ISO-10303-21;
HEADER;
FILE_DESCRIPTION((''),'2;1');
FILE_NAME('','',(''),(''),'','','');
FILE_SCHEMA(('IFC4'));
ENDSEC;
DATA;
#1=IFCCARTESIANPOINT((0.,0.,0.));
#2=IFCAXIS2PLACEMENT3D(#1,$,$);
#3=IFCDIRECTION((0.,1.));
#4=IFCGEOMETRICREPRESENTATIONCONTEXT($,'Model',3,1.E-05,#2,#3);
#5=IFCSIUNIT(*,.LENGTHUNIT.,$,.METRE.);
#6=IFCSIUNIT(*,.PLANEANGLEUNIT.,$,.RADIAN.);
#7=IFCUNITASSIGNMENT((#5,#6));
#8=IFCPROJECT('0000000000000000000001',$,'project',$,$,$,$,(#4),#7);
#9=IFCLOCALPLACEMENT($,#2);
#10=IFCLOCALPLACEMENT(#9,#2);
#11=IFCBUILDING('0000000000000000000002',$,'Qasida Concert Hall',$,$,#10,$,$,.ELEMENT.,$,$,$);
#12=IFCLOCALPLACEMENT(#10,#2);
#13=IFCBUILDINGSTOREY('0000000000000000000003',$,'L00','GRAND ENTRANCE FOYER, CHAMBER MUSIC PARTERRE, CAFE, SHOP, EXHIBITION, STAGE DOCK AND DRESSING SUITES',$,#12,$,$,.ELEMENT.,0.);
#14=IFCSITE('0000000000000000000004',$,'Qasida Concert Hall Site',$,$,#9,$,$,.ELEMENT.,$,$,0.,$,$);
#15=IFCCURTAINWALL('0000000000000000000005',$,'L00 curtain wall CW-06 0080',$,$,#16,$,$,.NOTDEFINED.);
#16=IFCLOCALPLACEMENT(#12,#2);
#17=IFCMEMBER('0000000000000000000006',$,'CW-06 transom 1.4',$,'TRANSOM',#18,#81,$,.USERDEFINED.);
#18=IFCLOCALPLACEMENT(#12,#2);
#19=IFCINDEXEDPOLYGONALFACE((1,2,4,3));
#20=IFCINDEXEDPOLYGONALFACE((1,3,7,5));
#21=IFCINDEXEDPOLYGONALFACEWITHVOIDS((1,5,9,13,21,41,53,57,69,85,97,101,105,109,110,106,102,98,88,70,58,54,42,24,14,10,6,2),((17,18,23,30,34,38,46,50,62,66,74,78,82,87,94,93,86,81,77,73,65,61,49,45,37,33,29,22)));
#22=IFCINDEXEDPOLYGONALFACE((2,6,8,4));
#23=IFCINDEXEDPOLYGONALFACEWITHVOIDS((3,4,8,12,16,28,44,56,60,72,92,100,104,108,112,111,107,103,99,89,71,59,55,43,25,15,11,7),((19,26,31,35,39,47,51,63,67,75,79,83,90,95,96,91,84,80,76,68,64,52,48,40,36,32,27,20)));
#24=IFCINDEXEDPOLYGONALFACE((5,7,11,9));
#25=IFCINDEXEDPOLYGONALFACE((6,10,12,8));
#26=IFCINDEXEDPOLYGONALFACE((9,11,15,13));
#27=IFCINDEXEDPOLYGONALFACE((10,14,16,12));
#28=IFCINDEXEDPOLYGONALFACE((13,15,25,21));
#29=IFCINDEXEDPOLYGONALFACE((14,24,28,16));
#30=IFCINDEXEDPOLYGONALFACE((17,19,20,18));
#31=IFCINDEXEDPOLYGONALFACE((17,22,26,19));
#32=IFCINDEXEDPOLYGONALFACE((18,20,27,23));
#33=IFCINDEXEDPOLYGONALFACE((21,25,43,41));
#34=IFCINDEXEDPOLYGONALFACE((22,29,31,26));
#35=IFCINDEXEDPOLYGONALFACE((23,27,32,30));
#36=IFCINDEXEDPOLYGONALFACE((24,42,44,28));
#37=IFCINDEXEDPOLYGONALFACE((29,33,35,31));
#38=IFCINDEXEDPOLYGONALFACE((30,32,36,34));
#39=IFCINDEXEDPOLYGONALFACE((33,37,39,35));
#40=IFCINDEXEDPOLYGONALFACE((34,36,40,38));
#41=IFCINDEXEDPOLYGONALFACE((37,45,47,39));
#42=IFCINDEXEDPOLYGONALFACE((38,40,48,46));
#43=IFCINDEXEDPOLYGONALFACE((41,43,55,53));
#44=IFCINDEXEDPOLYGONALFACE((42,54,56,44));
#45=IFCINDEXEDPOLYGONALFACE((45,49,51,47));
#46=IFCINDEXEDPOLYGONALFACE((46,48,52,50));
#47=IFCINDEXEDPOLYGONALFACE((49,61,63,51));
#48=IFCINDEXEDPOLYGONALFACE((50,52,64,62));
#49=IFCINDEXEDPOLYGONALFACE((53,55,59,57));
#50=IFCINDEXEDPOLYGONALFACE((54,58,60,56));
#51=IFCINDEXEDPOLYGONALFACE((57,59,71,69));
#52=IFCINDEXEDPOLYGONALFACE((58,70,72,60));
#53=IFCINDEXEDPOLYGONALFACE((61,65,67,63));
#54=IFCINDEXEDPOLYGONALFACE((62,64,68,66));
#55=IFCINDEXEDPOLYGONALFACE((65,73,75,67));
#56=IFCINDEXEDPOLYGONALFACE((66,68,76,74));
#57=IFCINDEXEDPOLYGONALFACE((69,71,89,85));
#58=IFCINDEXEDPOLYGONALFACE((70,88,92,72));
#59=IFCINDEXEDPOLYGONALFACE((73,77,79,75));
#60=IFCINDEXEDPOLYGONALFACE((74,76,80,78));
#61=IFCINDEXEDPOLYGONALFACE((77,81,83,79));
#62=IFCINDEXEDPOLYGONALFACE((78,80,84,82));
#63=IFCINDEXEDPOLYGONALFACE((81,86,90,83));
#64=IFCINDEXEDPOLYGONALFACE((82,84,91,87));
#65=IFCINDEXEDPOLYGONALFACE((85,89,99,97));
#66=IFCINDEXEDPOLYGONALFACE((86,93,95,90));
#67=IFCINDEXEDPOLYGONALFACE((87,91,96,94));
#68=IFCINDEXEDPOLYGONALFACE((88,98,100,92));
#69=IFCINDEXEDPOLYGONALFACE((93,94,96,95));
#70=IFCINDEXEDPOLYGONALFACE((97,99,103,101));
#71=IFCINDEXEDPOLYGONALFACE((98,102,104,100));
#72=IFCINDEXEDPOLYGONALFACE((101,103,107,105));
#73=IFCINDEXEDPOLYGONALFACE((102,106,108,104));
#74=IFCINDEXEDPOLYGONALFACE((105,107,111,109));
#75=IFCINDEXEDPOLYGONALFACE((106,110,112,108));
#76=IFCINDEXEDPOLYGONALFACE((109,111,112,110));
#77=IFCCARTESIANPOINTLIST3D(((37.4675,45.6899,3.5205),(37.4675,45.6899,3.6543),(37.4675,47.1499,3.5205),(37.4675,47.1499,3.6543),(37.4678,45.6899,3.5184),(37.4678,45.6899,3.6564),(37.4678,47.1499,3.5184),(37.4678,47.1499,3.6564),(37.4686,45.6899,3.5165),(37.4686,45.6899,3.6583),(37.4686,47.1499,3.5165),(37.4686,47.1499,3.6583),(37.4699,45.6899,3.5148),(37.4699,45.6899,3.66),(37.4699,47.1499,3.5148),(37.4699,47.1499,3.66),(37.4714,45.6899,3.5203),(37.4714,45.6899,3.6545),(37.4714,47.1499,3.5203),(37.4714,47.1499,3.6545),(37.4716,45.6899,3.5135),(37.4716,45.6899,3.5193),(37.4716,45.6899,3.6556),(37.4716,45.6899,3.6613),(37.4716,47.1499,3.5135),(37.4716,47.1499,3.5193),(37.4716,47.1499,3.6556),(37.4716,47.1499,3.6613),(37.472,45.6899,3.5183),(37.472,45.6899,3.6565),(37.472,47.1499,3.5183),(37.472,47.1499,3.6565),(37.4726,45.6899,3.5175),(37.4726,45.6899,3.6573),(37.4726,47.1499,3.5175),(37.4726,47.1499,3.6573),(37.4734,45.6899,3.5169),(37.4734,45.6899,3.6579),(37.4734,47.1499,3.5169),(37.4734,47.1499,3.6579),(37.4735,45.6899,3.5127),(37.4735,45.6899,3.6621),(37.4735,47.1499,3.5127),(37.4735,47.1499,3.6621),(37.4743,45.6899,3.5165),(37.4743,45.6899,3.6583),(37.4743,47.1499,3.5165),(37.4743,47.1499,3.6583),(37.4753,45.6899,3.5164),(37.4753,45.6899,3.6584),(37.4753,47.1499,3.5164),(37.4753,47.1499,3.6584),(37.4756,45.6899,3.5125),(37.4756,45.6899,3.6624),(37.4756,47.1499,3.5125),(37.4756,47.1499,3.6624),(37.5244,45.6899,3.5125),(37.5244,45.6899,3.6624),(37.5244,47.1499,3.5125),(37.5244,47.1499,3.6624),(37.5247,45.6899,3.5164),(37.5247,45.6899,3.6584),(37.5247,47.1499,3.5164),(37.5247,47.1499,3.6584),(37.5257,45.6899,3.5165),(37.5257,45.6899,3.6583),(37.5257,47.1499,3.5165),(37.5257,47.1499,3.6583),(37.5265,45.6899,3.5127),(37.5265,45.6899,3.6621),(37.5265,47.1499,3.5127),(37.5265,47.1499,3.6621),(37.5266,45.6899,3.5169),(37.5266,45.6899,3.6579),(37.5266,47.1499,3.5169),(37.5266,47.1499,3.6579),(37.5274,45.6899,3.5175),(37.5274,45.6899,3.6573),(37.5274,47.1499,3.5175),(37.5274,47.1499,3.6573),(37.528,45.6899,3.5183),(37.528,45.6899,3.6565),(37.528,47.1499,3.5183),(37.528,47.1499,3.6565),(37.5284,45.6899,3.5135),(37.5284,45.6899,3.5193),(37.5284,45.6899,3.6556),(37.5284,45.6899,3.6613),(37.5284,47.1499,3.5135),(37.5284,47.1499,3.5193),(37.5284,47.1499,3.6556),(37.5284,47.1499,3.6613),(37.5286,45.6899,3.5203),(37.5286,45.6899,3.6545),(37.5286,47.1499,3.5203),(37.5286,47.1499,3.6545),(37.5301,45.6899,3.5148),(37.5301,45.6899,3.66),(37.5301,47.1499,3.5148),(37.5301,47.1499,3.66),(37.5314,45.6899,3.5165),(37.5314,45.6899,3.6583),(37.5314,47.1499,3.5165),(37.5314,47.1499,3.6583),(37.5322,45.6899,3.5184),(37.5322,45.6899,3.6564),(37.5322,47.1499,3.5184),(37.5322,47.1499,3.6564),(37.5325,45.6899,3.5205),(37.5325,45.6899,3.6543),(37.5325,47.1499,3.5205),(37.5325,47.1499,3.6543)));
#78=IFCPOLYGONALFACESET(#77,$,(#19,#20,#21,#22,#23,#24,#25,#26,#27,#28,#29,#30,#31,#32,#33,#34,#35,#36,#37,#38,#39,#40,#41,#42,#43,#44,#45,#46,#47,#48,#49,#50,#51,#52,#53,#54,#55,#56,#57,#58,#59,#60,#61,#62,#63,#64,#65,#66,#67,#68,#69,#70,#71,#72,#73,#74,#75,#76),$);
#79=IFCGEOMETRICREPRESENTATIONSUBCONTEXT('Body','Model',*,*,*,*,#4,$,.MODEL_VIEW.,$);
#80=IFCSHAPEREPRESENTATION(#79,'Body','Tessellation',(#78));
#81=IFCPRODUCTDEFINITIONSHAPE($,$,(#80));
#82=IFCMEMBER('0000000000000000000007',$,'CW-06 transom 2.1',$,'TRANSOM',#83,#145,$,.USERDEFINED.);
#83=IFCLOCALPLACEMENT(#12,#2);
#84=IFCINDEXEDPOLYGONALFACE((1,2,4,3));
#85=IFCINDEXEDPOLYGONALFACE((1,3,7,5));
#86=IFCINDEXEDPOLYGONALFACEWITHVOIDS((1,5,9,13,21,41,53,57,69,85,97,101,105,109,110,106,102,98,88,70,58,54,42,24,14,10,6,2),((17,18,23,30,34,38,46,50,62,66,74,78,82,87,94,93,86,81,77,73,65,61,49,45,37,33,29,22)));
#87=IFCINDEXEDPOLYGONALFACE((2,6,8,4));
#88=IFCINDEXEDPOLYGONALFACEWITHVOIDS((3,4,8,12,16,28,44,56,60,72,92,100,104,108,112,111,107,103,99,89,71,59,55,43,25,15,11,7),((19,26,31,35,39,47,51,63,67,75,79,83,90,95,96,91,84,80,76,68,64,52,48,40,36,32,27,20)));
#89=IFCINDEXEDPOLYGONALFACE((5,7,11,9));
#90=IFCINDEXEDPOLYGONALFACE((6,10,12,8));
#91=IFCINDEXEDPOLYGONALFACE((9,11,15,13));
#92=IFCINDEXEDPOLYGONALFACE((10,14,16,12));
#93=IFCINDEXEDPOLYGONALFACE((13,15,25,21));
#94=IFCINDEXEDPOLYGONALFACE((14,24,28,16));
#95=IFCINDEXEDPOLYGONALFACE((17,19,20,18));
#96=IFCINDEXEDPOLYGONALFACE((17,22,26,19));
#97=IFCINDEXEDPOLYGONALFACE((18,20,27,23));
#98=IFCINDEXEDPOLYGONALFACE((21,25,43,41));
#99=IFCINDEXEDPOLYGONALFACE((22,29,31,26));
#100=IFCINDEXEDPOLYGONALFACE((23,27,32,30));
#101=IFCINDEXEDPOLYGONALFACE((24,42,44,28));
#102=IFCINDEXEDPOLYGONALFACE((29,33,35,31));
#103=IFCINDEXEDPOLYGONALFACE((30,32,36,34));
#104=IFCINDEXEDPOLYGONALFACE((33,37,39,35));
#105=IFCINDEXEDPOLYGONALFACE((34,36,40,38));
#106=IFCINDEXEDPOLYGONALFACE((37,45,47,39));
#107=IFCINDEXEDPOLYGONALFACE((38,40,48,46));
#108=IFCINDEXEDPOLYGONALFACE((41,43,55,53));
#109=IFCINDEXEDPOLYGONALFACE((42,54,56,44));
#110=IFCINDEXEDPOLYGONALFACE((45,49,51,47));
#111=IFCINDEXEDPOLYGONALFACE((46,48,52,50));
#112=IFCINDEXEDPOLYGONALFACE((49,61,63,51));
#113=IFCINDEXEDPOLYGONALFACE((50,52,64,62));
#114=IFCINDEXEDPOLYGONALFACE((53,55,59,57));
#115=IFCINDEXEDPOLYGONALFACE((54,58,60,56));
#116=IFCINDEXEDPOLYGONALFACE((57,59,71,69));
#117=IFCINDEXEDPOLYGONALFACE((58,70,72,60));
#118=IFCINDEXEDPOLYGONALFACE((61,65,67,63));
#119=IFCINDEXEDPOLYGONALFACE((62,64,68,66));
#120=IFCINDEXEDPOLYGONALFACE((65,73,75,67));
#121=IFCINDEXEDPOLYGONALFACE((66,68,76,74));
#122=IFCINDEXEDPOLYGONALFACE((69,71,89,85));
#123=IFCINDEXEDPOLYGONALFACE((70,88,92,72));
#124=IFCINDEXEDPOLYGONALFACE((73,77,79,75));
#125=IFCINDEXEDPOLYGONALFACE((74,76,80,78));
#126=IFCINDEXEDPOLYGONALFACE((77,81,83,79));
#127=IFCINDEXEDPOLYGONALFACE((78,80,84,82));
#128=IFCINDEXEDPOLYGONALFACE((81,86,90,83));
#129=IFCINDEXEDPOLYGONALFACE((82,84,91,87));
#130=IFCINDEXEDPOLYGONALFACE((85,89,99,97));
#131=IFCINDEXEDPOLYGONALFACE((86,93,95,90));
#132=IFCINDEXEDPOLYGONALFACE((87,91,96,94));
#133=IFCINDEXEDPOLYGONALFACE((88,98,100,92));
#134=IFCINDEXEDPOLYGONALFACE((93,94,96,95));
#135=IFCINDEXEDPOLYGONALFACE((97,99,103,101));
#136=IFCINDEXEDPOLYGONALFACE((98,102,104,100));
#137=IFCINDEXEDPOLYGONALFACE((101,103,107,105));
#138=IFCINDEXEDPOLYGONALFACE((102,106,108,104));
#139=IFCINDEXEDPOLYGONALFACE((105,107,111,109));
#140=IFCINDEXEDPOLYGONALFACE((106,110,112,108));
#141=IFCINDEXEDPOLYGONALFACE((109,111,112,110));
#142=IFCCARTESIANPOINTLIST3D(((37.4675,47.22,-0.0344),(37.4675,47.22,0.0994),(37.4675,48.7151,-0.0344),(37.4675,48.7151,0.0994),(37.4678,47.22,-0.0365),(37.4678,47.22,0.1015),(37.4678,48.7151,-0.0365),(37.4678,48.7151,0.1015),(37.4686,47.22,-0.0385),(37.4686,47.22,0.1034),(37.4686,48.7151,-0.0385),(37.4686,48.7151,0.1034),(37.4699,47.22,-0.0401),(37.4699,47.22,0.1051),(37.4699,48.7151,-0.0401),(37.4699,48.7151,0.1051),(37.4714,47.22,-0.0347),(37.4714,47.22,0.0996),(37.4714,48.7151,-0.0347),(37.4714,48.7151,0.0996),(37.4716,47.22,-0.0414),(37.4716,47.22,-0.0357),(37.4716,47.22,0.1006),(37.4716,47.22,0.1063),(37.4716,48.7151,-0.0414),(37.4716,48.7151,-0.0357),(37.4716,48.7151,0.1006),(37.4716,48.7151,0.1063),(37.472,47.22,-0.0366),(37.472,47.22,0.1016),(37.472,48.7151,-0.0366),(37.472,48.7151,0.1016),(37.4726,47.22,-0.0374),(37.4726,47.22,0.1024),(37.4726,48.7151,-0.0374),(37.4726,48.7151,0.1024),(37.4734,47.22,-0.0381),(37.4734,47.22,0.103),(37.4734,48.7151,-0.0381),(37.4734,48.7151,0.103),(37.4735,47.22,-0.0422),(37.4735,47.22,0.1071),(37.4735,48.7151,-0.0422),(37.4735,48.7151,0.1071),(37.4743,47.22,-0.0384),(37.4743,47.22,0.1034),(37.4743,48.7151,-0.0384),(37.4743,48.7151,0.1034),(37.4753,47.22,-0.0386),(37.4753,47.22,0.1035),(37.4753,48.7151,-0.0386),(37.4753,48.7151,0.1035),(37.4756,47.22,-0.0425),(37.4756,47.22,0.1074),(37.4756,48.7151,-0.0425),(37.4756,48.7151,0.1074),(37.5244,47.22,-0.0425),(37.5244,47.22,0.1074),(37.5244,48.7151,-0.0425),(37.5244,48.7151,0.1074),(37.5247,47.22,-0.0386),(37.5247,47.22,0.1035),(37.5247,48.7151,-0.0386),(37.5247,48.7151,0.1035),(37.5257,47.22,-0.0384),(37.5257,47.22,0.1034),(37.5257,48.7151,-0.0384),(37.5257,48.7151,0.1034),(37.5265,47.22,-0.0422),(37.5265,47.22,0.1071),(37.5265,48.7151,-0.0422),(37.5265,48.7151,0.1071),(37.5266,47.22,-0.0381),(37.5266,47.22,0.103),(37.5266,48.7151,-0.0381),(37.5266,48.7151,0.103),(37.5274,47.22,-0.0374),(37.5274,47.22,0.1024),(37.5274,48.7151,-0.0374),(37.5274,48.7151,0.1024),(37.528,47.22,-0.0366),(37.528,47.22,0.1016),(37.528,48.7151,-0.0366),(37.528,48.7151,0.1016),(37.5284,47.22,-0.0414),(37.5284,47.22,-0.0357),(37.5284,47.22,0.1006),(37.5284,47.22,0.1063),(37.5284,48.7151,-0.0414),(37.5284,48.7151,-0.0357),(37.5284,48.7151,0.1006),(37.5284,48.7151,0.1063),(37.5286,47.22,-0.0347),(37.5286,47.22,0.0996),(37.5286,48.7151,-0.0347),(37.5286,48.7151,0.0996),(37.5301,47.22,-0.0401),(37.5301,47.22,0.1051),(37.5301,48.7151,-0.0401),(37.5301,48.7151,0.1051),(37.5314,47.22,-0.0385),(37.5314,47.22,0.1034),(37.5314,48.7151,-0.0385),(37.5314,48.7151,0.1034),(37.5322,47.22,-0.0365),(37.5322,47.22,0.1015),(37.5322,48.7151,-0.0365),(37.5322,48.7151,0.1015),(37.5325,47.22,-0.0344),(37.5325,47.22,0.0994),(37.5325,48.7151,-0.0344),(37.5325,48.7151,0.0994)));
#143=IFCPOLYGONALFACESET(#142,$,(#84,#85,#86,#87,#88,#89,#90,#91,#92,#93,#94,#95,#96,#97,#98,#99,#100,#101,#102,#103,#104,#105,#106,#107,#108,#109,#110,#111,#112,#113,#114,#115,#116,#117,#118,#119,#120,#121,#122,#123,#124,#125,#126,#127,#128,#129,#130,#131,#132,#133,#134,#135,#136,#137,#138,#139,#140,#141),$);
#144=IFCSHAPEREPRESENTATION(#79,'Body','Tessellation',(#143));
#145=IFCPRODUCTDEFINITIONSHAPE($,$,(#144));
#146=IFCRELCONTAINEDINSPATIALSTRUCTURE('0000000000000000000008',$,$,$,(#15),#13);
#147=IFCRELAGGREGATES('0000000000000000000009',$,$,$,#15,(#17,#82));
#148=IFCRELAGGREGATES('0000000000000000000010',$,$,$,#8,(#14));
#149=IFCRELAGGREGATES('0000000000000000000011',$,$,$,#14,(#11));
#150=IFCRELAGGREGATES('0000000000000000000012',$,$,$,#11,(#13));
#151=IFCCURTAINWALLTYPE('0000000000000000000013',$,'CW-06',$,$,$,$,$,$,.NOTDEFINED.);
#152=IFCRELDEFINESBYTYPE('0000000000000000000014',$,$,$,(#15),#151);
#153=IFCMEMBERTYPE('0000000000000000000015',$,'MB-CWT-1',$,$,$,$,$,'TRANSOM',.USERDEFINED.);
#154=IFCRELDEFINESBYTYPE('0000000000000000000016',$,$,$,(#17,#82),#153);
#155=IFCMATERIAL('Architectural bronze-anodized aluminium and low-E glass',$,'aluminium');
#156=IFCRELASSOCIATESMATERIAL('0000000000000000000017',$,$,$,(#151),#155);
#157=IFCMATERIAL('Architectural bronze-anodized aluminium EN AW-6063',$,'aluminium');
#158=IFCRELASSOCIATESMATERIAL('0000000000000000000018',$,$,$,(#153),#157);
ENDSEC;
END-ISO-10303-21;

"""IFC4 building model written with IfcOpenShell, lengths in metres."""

from ifc_helpers import new_model, si_unit, direction, frame, origin, origin_2d, place, context, subcontext, project, spatial, hollow_rectangle, extrude, material, material_profile, profile_set, type_object, element, aggregate, save


model = new_model("IFC4")

# Units and contexts
model_context = context("Model", 3, precision=1e-05, world=origin(), true_north=direction((0.0, 1.0)))
body_context = subcontext(model_context, "Body", "Model", "MODEL_VIEW")
ifc_project = project(units=[si_unit("LENGTHUNIT", "METRE"), si_unit("PLANEANGLEUNIT", "RADIAN")], contexts=[model_context])

# Site, building, storey
site_placement = place(None, origin())
site = spatial("IfcSite", under=ifc_project, at=site_placement, Name="Qasida Concert Hall Site", CompositionType="ELEMENT", RefElevation=0.0)
building_placement = place(site_placement, origin())
building = spatial("IfcBuilding", under=site, at=building_placement, Name="Qasida Concert Hall", CompositionType="ELEMENT")
storey_placement = place(building_placement, origin())
storey = spatial("IfcBuildingStorey", under=building, at=storey_placement, Name="L00", Description="GRAND ENTRANCE FOYER, CHAMBER MUSIC PARTERRE, CAFE, SHOP, EXHIBITION, STAGE DOCK AND DRESSING SUITES", CompositionType="ELEMENT", Elevation=0.0)

# Shared definitions
ifc_material_1 = material(Name="Architectural bronze-anodized aluminium and low-E glass", Category="aluminium")
curtain_wall_type = type_object("IfcCurtainWallType", Name="CW-06", PredefinedType="NOTDEFINED", material=ifc_material_1)
ifc_material_2 = material(Name="Architectural bronze-anodized aluminium EN AW-6063", Category="aluminium")

# Curtain wall
curtain_wall_1_placement = place(storey_placement, origin())
curtain_wall_1 = element("IfcCurtainWall", 1, at=curtain_wall_1_placement, inside=storey, type_object=curtain_wall_type, Name="L00 curtain wall CW-06 0080", PredefinedType="NOTDEFINED")

# Members
ifc_material_profile_1 = material_profile(ifc_material_2, hollow_rectangle(XDim=0.0649, YDim=0.1499, WallThickness=0.0039, InnerFilletRadius=0.0039, OuterFilletRadius=0.0081, at=origin_2d()), Name="CWT 150x65x4")
ifc_profile_set_1 = profile_set([ifc_material_profile_1], Name="Architectural bronze-anodized aluminium EN AW-6063")
member_type_1 = type_object("IfcMemberType", Name="MB-CWT-1", ElementType="TRANSOM", PredefinedType="USERDEFINED", material=ifc_profile_set_1)
member_1_placement = place(storey_placement, frame((37.5, 45.6899, 3.5874), z_axis=(0.0, 1.0, 0.0), x_axis=(-1.0, 0.0, 0.0)))
member_1 = element("IfcMember", 2, at=member_1_placement, type_object=member_type_1, Name="CW-06 transom 1.4", ObjectType="TRANSOM", PredefinedType="USERDEFINED", context=body_context, shape_type="SweptSolid", body=[
    extrude(hollow_rectangle(XDim=0.0649, YDim=0.1499, WallThickness=0.0039, InnerFilletRadius=0.0039, OuterFilletRadius=0.0081, at=origin_2d()), origin(), (0.0, 0.0, 1.0), 1.46),
])
member_2_placement = place(storey_placement, frame((37.5, 47.22, 0.0325), z_axis=(0.0, 1.0, 0.0), x_axis=(-1.0, 0.0, 0.0)))
member_2 = element("IfcMember", 3, at=member_2_placement, type_object=member_type_1, Name="CW-06 transom 2.1", ObjectType="TRANSOM", PredefinedType="USERDEFINED", context=body_context, shape_type="SweptSolid", body=[
    extrude(hollow_rectangle(XDim=0.0649, YDim=0.1499, WallThickness=0.0039, InnerFilletRadius=0.0039, OuterFilletRadius=0.0081, at=origin_2d()), origin(), (0.0, 0.0, 1.0), 1.4951),
])

aggregate(curtain_wall_1, [member_1, member_2])

save(model, "model.ifc")
